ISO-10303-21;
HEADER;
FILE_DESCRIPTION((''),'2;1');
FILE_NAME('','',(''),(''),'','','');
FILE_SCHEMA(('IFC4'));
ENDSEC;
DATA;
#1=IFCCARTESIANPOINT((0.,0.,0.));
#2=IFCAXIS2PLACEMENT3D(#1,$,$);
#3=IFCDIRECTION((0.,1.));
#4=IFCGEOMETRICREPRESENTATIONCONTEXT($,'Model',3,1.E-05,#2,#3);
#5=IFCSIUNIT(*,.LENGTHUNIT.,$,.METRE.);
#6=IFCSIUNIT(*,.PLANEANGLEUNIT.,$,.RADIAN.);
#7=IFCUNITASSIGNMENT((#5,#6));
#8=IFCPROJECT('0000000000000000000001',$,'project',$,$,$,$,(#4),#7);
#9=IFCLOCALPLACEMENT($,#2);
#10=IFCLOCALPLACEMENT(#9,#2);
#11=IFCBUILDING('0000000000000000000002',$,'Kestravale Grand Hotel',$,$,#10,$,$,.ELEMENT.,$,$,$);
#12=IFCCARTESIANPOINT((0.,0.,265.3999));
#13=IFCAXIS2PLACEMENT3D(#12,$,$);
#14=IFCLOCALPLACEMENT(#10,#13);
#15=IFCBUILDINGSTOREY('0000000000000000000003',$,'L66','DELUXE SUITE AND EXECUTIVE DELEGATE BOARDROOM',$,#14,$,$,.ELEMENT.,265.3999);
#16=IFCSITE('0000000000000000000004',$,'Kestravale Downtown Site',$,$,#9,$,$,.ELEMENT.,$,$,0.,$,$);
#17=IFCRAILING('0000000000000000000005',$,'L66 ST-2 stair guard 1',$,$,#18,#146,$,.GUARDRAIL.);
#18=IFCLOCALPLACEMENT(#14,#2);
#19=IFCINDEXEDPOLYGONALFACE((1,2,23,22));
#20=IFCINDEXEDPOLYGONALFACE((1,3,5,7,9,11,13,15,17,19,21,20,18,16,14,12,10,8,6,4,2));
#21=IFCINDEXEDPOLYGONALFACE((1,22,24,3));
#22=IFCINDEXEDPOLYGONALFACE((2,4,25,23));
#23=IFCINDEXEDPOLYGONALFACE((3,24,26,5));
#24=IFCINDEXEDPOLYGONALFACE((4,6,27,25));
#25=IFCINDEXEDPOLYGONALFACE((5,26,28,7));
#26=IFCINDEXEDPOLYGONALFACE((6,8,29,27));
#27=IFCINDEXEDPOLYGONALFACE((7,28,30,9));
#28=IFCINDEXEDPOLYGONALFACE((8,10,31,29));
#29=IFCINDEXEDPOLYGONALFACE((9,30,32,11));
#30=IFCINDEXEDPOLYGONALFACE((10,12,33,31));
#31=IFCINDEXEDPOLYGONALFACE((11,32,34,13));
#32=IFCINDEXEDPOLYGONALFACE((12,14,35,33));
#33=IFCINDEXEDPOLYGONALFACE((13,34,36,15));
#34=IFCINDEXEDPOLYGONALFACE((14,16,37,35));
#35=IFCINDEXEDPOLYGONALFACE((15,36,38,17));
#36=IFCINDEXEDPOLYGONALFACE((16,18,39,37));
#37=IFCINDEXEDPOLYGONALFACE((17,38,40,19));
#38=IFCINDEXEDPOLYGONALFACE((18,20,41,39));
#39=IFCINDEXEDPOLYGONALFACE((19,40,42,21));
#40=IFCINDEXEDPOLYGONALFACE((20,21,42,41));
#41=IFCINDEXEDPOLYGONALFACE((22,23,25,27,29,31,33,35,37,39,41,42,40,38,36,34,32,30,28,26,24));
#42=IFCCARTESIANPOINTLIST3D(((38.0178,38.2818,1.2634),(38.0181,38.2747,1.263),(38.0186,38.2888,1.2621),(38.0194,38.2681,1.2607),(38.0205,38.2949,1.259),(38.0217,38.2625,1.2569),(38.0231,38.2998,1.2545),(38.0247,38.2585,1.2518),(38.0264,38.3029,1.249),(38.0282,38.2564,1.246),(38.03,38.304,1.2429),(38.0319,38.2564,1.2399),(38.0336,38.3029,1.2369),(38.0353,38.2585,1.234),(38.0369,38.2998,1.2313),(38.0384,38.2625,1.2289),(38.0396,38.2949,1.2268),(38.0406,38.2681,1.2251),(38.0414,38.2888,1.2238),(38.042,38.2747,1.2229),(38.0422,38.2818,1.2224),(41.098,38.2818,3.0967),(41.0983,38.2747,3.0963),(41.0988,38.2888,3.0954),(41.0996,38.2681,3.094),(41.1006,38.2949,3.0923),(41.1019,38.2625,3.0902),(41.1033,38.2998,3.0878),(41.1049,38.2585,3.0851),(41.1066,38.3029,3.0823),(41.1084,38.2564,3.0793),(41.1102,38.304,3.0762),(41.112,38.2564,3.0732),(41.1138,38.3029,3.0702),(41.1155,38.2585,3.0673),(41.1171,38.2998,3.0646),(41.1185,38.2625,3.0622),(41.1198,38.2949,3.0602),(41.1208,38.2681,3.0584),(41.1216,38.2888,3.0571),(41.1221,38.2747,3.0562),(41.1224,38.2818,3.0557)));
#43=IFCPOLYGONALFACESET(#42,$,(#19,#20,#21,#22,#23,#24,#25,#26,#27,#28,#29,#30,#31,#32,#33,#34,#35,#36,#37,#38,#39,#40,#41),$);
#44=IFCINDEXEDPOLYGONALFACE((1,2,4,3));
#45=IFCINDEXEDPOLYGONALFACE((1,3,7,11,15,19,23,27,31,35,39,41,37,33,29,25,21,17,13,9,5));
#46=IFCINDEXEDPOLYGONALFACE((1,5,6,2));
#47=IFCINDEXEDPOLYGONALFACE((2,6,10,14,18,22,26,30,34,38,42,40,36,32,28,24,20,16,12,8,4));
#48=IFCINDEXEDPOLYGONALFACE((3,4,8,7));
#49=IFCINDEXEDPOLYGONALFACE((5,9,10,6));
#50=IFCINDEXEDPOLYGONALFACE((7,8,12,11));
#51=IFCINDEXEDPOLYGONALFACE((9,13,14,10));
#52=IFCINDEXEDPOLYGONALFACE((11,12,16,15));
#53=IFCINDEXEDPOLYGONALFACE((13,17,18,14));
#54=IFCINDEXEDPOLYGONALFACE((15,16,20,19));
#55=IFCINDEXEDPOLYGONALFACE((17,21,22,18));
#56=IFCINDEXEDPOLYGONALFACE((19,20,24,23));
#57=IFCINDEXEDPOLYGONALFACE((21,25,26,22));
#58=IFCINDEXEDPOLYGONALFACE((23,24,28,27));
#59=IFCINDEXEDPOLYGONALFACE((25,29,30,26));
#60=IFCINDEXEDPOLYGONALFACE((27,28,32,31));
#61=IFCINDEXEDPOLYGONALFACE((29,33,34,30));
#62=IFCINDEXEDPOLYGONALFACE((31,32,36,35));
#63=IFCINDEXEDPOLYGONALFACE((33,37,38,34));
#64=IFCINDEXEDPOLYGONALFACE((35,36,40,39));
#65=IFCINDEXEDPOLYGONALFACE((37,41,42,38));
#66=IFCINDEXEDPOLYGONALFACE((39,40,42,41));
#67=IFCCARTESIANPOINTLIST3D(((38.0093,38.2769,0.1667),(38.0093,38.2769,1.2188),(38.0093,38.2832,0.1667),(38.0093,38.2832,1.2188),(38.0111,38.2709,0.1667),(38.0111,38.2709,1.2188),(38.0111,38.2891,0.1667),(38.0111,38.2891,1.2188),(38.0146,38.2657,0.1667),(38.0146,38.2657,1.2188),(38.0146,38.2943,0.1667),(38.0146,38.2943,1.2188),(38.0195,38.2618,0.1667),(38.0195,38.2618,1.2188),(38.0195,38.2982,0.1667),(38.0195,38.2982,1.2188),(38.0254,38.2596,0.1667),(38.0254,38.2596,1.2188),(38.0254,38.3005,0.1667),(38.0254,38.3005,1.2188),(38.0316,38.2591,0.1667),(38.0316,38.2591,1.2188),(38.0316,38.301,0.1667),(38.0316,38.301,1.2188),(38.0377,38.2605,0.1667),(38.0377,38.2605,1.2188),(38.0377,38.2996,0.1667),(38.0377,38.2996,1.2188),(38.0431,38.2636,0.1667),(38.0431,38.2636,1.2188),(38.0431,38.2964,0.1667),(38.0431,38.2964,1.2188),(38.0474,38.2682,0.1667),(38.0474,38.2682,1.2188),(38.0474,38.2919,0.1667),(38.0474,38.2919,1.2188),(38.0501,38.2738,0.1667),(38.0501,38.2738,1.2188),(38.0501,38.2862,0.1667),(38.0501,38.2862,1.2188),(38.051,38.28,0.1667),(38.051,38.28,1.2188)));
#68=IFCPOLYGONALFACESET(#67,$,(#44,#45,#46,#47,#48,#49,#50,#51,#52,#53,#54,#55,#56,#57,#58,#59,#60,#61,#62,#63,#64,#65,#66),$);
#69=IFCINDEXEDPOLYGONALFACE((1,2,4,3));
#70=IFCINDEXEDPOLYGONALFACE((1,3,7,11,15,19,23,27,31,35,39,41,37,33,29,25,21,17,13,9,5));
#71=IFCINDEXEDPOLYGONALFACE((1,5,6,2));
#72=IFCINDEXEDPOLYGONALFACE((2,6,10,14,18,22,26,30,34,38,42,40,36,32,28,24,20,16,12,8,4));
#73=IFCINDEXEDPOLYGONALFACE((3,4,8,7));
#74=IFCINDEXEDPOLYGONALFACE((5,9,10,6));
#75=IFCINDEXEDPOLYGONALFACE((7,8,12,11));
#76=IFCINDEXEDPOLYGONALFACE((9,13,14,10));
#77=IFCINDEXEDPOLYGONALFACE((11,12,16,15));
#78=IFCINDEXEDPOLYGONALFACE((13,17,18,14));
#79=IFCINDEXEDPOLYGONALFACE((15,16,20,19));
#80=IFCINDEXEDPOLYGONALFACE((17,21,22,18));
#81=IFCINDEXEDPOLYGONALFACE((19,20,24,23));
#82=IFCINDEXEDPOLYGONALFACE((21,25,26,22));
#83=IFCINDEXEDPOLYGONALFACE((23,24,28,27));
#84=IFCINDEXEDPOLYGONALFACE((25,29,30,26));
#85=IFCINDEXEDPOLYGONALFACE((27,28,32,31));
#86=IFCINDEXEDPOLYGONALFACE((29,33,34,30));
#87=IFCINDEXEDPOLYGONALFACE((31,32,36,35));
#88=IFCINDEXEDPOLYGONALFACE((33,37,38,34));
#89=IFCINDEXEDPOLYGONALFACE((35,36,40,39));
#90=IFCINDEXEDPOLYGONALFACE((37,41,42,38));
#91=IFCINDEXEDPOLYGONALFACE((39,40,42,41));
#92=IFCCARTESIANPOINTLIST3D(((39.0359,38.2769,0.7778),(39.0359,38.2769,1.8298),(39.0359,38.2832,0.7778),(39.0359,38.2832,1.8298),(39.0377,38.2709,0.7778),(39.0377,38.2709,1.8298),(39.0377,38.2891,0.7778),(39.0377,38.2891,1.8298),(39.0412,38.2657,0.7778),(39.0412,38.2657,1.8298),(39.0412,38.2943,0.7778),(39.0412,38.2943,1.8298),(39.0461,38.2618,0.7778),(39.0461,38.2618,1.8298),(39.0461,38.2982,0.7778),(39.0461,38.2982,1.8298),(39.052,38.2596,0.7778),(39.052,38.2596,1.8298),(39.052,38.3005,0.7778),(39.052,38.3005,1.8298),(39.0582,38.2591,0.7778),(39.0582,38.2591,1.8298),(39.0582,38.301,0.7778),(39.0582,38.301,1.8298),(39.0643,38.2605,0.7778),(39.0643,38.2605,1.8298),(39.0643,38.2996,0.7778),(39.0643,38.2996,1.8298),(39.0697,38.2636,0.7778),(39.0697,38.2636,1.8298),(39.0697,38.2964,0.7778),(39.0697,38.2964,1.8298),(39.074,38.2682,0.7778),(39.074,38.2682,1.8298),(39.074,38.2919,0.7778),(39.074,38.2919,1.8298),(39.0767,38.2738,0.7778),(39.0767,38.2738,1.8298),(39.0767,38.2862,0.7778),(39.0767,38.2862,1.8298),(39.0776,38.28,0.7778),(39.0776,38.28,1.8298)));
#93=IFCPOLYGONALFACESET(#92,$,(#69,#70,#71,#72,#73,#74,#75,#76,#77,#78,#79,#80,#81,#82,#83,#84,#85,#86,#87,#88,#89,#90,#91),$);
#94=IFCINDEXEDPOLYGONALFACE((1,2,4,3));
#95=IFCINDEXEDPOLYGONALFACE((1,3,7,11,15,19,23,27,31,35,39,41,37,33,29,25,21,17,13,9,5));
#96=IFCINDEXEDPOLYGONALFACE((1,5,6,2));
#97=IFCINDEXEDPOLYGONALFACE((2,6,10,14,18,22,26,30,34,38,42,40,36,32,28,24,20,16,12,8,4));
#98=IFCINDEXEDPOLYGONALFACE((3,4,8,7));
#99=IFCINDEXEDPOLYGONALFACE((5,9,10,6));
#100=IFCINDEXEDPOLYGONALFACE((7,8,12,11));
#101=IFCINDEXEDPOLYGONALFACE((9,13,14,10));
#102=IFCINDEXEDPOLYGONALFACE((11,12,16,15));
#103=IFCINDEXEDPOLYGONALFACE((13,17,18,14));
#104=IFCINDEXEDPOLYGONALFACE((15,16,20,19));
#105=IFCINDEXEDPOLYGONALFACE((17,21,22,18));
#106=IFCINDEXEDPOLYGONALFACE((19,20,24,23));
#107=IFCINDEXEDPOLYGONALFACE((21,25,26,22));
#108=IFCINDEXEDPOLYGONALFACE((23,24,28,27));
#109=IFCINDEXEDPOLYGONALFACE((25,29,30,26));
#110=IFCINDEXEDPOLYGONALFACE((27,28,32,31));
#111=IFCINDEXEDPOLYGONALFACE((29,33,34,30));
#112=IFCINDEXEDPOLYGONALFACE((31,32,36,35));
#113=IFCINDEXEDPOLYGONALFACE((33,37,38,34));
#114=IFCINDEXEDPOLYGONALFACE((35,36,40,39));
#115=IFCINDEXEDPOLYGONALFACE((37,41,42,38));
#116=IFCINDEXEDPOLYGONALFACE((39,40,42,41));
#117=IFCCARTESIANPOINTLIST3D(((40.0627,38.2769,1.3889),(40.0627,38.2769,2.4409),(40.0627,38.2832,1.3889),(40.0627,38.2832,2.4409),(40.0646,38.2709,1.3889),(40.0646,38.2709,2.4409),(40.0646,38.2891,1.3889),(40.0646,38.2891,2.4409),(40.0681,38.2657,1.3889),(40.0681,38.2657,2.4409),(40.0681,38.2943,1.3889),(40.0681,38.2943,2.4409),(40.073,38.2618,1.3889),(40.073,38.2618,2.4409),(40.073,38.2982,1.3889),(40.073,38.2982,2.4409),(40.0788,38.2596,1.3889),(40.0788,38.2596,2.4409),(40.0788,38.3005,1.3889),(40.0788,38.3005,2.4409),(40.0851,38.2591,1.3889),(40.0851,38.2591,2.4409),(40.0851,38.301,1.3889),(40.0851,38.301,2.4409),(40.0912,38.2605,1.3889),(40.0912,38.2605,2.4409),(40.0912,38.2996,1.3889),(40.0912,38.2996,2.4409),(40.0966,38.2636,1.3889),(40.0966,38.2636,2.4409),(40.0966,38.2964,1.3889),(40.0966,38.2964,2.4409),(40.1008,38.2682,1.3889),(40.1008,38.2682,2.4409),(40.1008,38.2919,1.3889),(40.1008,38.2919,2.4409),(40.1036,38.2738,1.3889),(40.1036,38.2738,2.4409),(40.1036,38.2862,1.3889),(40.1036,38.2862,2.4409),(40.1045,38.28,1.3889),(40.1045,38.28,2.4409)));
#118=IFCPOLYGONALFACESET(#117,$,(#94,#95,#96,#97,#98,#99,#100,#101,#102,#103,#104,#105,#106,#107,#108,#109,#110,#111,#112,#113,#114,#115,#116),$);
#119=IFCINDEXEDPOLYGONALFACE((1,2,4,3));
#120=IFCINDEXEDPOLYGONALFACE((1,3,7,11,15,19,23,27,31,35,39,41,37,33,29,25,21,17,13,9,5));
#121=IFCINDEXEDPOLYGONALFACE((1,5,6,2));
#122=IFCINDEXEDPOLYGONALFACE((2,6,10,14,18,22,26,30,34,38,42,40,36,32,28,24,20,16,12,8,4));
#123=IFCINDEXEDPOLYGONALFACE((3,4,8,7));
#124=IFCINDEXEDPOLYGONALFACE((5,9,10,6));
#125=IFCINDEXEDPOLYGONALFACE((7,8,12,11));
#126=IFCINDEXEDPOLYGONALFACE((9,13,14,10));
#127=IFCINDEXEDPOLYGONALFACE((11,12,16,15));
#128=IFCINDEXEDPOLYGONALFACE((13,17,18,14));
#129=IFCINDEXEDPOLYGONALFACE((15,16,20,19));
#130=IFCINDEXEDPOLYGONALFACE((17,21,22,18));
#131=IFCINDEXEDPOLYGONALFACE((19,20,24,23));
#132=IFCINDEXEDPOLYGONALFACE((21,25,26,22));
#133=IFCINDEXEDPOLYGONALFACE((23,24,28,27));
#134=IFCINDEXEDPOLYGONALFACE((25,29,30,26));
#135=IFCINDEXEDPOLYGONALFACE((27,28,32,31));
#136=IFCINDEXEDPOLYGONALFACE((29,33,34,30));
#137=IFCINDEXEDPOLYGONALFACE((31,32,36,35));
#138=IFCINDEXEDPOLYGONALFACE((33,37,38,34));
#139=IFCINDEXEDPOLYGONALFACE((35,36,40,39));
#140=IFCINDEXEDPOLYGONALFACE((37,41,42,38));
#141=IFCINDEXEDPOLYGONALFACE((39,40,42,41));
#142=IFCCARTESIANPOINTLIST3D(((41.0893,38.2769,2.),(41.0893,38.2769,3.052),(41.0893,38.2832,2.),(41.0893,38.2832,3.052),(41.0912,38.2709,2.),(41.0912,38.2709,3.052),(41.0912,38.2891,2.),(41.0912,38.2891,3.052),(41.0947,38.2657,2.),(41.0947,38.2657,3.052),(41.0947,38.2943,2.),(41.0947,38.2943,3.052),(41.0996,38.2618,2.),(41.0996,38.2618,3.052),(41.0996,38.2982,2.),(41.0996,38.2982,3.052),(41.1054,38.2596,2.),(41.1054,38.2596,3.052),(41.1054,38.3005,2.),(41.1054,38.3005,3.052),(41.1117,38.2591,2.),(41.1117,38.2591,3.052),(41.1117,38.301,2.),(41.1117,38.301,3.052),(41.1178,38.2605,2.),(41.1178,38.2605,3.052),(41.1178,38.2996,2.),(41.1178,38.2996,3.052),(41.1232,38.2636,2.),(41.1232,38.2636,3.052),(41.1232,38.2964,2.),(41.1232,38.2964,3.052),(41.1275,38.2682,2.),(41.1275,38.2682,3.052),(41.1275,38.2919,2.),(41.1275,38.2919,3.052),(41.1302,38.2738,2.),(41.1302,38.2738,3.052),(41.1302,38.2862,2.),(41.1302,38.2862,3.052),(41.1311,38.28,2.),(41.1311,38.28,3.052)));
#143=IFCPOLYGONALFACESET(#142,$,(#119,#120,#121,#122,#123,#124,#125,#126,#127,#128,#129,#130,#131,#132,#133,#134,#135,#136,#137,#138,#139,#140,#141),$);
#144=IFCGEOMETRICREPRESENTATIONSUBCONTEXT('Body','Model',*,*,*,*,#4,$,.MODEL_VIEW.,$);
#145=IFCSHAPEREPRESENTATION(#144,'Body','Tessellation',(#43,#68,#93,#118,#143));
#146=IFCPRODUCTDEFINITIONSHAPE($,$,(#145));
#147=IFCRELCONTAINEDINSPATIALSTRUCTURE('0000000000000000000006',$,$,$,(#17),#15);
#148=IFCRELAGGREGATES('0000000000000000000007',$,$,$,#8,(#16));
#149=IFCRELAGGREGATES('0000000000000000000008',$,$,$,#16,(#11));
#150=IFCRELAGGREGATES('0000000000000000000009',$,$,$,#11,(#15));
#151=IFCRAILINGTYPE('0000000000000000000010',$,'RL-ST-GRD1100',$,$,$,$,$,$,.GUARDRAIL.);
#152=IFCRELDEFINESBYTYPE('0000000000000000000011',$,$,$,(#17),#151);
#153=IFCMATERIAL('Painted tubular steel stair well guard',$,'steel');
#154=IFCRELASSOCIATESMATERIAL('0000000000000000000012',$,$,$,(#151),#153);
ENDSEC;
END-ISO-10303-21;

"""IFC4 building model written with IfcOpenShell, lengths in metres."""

from ifc_helpers import new_model, si_unit, direction, frame, origin, origin_2d, place, context, subcontext, project, spatial, circle, extrude, material, type_object, element, save


model = new_model("IFC4")

# Units and contexts
model_context = context("Model", 3, precision=1e-05, world=origin(), true_north=direction((0.0, 1.0)))
body_context = subcontext(model_context, "Body", "Model", "MODEL_VIEW")
ifc_project = project(units=[si_unit("LENGTHUNIT", "METRE"), si_unit("PLANEANGLEUNIT", "RADIAN")], contexts=[model_context])

# Site, building, storey
site_placement = place(None, origin())
site = spatial("IfcSite", under=ifc_project, at=site_placement, Name="Kestravale Downtown Site", CompositionType="ELEMENT", RefElevation=0.0)
building_placement = place(site_placement, origin())
building = spatial("IfcBuilding", under=site, at=building_placement, Name="Kestravale Grand Hotel", CompositionType="ELEMENT")
storey_placement = place(building_placement, frame((0.0, 0.0, 265.3999)))
storey = spatial("IfcBuildingStorey", under=building, at=storey_placement, Name="L66", Description="DELUXE SUITE AND EXECUTIVE DELEGATE BOARDROOM", CompositionType="ELEMENT", Elevation=265.3999)

# Railing
ifc_material_1 = material(Name="Painted tubular steel stair well guard", Category="steel")
railing_type_1 = type_object("IfcRailingType", Name="RL-ST-GRD1100", PredefinedType="GUARDRAIL", material=ifc_material_1)
railing_1_placement = place(storey_placement, frame((38.03, 38.28, 0.1667)))
element("IfcRailing", 1, at=railing_1_placement, inside=storey, type_object=railing_type_1, Name="L66 ST-2 stair guard 1", PredefinedType="GUARDRAIL", context=body_context, shape_type="SweptSolid", body=[
    extrude(circle(Radius=0.0239, at=origin_2d()), frame((0.0, 0.0, 1.0762), z_axis=(0.859309, 0.0, 0.511458), x_axis=(0.0, 1.0, 0.0)), (0.0, 0.0, 1.0), 3.5845),
    extrude(circle(Radius=0.021, at=origin_2d()), origin(), (0.0, 0.0, 1.0), 1.052),
    extrude(circle(Radius=0.021, at=origin_2d()), frame((1.0266, 0.0, 0.6111)), (0.0, 0.0, 1.0), 1.052),
    extrude(circle(Radius=0.021, at=origin_2d()), frame((2.0535, 0.0, 1.2222)), (0.0, 0.0, 1.0), 1.052),
    extrude(circle(Radius=0.021, at=origin_2d()), frame((3.0801, 0.0, 1.8333)), (0.0, 0.0, 1.0), 1.052),
])

save(model, "model.ifc")
